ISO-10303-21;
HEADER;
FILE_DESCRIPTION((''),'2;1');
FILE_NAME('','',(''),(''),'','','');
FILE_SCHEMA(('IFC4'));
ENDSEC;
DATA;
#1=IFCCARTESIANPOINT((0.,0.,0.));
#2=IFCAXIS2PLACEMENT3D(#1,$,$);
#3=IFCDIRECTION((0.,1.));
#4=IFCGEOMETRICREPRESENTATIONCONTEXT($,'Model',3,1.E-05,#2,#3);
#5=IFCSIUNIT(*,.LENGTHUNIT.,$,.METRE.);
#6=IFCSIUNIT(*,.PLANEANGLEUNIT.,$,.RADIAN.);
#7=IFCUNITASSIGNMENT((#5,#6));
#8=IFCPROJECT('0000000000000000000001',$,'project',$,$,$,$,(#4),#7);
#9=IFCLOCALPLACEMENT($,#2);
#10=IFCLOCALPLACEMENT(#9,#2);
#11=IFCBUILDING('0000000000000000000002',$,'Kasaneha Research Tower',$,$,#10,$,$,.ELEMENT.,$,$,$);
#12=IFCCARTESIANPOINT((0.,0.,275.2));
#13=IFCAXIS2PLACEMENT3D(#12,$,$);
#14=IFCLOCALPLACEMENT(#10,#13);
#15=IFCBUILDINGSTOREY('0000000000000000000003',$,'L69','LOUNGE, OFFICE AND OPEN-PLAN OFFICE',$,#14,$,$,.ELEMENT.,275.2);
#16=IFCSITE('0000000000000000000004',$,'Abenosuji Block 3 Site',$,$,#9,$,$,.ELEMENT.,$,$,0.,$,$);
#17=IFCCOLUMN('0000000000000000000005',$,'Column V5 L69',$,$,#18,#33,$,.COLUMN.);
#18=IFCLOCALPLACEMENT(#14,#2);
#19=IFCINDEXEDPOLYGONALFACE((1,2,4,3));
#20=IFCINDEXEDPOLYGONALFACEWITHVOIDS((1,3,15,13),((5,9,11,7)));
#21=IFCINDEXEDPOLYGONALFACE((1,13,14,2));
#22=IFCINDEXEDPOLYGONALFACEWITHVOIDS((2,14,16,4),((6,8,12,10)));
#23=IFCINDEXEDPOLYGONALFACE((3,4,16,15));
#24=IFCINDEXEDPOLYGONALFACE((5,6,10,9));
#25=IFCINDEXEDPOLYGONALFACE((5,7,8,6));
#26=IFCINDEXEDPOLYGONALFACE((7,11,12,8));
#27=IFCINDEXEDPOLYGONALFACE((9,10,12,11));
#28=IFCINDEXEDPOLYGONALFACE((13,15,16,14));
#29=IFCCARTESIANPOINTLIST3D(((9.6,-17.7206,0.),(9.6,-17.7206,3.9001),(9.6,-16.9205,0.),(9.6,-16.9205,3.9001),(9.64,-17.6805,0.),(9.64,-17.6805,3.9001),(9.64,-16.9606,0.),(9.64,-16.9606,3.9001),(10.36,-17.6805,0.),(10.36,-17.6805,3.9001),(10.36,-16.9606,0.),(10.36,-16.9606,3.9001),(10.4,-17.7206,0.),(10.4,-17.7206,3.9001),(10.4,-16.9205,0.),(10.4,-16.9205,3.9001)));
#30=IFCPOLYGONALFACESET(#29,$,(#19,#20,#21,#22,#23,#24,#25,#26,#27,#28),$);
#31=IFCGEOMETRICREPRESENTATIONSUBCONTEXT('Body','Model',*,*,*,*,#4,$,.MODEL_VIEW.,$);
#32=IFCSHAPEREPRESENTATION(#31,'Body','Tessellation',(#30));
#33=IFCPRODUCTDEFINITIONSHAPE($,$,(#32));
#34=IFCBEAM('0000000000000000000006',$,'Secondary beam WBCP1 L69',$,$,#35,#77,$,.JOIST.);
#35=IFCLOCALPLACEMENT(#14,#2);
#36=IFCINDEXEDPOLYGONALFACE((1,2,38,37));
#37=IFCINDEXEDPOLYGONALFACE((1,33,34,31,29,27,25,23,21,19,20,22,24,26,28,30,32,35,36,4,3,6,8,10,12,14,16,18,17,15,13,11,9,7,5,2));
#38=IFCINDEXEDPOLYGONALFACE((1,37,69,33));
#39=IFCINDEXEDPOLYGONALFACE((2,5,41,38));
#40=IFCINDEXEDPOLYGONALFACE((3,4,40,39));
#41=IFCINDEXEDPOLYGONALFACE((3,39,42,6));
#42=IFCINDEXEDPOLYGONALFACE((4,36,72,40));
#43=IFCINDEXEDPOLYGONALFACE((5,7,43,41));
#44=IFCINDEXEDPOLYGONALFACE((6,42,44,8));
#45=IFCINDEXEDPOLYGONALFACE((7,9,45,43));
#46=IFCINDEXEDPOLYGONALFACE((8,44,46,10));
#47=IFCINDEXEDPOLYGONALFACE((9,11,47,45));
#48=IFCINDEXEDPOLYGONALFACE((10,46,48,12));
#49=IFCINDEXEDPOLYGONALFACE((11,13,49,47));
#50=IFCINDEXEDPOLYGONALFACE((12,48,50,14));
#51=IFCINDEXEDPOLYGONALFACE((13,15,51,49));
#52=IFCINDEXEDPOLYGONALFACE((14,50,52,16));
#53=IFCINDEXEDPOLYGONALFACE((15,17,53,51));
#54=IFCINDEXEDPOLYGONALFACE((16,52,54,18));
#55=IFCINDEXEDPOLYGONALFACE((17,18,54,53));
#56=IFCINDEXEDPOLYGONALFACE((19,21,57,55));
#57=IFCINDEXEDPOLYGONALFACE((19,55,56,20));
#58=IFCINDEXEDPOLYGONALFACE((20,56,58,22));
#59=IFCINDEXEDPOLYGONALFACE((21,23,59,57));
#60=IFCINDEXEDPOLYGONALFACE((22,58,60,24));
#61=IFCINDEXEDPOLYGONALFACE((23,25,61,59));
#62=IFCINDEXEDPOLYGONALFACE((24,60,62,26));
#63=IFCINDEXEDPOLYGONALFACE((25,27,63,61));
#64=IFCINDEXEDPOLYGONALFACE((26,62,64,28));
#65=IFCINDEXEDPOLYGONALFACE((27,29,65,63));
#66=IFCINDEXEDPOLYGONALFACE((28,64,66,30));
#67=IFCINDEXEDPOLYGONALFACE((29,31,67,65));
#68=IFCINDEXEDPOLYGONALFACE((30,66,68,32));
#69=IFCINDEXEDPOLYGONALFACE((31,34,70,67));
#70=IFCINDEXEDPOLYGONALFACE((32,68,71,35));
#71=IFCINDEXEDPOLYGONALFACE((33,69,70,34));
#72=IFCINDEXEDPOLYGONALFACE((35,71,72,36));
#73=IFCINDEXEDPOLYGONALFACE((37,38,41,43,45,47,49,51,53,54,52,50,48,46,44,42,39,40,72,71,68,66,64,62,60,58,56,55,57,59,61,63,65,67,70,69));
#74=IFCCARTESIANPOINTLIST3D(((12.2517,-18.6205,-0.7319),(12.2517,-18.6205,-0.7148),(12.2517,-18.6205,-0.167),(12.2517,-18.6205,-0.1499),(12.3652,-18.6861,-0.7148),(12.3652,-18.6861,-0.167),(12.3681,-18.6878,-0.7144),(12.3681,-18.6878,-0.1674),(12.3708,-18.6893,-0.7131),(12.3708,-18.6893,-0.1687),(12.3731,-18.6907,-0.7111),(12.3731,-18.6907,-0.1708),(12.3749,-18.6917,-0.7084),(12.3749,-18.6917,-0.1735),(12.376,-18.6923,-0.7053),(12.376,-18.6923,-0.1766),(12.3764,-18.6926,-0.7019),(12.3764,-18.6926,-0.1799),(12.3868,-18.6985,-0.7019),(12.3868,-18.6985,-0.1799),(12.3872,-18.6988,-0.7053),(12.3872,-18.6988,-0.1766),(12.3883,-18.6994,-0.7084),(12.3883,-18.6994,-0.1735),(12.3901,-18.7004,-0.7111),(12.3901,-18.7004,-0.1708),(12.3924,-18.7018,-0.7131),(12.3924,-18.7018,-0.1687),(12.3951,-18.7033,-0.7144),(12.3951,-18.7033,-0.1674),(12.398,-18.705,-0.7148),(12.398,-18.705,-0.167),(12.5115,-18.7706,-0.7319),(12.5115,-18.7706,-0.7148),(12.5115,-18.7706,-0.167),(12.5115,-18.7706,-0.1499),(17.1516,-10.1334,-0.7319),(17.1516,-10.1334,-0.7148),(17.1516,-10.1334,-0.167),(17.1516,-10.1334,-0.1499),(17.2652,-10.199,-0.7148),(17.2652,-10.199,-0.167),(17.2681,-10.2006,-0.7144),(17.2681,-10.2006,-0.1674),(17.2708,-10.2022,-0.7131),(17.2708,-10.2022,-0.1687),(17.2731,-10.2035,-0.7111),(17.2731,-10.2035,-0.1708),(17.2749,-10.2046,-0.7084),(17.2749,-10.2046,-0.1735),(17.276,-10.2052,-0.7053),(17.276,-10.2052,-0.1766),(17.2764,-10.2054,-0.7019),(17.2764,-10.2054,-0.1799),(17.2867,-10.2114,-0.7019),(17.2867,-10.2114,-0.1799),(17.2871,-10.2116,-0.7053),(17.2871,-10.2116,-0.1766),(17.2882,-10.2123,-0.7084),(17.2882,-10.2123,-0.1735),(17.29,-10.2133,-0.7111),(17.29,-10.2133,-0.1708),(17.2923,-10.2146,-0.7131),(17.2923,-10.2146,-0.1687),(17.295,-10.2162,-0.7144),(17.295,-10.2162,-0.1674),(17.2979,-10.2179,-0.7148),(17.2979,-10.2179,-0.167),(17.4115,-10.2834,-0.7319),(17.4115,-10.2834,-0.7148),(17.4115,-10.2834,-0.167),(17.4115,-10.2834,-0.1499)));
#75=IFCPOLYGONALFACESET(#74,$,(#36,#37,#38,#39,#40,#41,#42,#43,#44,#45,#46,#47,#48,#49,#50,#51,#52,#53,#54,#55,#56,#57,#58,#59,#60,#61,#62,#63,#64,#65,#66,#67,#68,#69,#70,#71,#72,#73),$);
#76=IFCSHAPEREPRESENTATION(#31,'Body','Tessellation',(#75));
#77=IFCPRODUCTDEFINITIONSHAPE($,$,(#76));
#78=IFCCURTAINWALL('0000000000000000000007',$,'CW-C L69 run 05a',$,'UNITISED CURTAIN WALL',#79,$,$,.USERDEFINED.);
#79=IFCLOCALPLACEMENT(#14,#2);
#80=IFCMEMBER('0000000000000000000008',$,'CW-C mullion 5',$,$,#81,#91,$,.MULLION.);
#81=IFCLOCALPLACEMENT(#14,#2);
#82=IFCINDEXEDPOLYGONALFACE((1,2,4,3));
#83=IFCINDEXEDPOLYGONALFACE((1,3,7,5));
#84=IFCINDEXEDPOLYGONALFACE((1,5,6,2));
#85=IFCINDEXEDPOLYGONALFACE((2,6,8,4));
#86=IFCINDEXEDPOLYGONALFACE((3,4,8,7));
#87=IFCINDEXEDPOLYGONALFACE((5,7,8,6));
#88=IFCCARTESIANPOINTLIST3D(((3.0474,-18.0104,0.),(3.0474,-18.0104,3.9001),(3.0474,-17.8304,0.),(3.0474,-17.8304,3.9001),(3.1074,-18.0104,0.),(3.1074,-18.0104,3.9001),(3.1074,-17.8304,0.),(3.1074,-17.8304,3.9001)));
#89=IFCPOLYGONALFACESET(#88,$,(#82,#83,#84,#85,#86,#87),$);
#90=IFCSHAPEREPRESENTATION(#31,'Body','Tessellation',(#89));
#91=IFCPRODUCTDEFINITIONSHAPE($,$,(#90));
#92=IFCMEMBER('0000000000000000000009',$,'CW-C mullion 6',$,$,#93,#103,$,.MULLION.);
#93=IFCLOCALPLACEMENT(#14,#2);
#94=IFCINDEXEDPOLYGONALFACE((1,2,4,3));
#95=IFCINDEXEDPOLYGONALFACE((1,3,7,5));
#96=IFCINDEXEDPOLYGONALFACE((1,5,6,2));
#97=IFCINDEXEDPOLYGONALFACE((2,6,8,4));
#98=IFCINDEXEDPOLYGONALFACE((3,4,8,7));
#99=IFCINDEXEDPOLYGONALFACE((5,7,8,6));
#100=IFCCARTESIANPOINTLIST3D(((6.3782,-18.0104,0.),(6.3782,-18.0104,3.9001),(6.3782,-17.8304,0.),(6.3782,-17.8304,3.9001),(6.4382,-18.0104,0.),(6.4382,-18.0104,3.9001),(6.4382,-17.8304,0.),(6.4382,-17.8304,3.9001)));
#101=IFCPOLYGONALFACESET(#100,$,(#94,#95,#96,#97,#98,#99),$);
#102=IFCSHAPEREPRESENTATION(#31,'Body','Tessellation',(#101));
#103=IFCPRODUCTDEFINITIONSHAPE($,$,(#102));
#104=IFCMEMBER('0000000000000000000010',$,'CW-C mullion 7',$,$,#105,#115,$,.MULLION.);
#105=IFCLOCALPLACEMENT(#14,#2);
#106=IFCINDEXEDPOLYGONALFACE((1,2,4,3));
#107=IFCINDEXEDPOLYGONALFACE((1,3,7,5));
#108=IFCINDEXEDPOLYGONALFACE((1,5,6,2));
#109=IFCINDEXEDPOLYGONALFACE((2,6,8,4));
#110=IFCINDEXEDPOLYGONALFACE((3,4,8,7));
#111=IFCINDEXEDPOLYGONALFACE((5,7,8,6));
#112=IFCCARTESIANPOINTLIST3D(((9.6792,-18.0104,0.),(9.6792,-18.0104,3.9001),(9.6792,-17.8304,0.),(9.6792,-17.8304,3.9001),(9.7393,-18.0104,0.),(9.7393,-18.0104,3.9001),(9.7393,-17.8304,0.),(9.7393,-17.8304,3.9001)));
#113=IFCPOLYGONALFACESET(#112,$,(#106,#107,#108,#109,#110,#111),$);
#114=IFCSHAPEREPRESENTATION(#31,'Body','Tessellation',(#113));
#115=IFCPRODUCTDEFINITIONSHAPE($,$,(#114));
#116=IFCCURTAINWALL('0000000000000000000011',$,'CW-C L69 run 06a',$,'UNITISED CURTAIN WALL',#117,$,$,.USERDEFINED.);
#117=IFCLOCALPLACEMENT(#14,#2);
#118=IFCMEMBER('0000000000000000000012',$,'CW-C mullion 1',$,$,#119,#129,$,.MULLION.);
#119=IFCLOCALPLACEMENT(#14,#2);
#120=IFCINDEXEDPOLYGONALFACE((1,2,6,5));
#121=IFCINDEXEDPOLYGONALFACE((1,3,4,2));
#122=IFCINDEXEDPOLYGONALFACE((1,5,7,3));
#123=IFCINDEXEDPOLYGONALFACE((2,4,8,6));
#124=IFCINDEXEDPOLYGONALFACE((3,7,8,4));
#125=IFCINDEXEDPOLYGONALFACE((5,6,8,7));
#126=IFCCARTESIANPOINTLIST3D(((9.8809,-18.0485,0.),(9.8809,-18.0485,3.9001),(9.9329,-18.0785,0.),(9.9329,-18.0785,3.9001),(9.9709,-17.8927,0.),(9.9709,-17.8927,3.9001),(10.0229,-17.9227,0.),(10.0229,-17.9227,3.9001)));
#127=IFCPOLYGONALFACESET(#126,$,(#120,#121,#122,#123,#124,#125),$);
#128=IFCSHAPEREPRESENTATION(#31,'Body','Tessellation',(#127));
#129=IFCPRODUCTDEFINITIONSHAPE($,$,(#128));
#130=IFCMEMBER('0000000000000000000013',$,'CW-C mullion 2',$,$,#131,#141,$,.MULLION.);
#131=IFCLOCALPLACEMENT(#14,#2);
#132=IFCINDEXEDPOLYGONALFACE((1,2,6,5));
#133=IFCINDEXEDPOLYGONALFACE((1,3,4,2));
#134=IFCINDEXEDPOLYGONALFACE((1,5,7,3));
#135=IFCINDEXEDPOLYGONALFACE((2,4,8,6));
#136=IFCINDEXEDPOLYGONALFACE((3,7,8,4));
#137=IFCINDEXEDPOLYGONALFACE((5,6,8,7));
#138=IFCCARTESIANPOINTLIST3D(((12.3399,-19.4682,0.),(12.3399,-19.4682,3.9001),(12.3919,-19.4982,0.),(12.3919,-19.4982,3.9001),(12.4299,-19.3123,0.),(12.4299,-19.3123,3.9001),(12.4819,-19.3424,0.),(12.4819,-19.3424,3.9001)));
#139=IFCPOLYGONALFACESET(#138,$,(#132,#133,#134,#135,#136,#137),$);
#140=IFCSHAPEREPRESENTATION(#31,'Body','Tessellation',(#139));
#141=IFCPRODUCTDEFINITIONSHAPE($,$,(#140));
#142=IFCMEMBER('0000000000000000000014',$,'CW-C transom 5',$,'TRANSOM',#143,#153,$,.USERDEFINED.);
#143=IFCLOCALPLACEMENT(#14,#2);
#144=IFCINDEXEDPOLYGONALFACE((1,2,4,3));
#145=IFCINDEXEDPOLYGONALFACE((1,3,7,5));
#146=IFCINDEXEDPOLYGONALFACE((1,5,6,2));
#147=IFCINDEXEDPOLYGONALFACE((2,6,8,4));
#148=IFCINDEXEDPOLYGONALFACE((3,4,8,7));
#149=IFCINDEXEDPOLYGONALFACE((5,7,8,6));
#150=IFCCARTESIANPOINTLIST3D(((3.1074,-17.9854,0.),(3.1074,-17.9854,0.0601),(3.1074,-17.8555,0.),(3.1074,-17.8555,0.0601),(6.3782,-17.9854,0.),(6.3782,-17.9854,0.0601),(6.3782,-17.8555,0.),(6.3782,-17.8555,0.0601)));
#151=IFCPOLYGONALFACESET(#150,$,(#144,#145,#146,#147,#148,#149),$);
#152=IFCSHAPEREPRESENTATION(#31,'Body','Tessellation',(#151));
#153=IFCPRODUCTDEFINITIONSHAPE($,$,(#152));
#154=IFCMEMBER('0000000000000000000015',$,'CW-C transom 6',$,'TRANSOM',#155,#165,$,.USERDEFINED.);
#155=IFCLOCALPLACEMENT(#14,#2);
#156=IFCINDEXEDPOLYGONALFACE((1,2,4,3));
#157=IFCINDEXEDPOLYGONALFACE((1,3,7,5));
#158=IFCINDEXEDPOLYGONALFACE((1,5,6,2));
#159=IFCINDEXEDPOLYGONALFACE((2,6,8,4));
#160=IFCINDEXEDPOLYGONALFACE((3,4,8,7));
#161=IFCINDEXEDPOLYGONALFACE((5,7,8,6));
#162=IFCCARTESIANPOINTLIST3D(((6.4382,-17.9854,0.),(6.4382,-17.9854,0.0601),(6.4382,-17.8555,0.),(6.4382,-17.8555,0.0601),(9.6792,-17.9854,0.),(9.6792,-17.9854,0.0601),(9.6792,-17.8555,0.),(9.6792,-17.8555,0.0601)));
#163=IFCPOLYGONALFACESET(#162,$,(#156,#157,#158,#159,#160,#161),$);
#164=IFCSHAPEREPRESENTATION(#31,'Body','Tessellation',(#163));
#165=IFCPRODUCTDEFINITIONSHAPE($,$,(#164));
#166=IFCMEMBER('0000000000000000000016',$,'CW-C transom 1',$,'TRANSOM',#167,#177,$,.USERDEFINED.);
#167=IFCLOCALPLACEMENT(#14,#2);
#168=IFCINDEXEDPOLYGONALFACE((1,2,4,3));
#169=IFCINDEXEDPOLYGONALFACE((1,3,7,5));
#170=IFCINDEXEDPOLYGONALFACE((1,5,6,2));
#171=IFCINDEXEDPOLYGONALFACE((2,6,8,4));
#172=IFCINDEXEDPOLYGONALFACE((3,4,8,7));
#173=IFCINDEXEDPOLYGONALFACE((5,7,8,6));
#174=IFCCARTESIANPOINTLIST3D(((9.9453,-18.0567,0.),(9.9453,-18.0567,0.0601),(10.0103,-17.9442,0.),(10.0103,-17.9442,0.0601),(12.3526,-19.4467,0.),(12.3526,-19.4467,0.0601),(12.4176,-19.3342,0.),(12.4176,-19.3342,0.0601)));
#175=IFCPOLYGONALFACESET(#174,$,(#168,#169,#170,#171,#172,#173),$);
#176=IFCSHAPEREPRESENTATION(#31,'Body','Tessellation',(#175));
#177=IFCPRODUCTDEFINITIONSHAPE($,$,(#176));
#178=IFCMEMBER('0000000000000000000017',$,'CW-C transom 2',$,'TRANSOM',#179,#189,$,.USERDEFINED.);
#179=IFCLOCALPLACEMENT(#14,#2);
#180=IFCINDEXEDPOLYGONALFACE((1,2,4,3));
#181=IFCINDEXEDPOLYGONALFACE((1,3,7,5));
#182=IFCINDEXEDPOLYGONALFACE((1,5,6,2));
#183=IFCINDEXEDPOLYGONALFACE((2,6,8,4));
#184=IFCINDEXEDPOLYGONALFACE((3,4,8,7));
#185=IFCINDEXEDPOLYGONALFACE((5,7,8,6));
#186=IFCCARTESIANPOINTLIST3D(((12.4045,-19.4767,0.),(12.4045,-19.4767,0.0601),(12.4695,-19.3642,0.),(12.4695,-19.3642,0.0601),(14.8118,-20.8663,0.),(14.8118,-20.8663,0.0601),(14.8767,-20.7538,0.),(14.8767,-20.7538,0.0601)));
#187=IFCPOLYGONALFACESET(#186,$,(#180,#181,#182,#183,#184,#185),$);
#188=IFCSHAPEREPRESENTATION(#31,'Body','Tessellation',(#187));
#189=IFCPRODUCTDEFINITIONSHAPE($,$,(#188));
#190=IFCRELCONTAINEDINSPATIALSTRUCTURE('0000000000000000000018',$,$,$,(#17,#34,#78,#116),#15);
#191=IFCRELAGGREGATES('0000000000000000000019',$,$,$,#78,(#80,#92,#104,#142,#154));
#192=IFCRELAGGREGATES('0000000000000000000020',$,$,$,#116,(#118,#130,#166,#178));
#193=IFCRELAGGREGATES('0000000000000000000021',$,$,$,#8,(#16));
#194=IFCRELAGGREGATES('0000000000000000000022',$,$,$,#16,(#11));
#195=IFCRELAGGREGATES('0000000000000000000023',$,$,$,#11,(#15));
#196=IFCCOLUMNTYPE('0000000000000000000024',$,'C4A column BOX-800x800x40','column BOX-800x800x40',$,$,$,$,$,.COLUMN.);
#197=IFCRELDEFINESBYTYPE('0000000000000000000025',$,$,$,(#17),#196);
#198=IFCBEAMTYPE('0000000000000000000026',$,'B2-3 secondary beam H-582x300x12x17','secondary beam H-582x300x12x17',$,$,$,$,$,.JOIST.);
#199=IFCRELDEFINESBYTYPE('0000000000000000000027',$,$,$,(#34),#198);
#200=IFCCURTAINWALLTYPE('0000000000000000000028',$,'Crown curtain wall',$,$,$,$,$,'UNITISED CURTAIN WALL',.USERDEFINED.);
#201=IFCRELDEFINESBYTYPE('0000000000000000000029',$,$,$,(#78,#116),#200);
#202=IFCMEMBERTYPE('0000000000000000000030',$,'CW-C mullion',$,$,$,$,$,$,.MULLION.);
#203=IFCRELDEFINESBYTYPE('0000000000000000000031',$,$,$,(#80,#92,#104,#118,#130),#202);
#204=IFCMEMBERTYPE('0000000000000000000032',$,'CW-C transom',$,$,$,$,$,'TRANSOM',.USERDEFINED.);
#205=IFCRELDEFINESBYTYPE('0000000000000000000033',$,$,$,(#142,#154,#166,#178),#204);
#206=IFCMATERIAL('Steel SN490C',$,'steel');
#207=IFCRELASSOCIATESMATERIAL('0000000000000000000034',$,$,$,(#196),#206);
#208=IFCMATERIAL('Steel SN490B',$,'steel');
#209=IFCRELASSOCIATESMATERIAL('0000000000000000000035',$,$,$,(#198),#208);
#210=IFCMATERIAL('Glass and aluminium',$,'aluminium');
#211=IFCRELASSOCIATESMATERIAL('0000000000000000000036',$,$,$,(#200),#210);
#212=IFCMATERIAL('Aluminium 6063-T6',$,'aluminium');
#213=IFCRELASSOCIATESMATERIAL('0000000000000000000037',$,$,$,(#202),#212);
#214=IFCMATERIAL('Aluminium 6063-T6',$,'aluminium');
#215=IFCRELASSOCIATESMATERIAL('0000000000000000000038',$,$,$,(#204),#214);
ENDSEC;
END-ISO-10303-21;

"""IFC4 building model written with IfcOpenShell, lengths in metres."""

from ifc_helpers import new_model, si_unit, direction, frame, origin, origin_2d, place, context, subcontext, project, spatial, rectangle, hollow_rectangle, i_section, extrude, material, material_profile, profile_set, type_object, element, aggregate, save


model = new_model("IFC4")

# Units and contexts
model_context = context("Model", 3, precision=1e-05, world=origin(), true_north=direction((0.0, 1.0)))
body_context = subcontext(model_context, "Body", "Model", "MODEL_VIEW")
ifc_project = project(units=[si_unit("LENGTHUNIT", "METRE"), si_unit("PLANEANGLEUNIT", "RADIAN")], contexts=[model_context])

# Site, building, storey
site_placement = place(None, origin())
site = spatial("IfcSite", under=ifc_project, at=site_placement, Name="Abenosuji Block 3 Site", CompositionType="ELEMENT", RefElevation=0.0)
building_placement = place(site_placement, origin())
building = spatial("IfcBuilding", under=site, at=building_placement, Name="Kasaneha Research Tower", CompositionType="ELEMENT")
storey_placement = place(building_placement, frame((0.0, 0.0, 275.2)))
storey = spatial("IfcBuildingStorey", under=building, at=storey_placement, Name="L69", Description="LOUNGE, OFFICE AND OPEN-PLAN OFFICE", CompositionType="ELEMENT", Elevation=275.2)

# Column
ifc_material_1 = material(Name="Steel SN490C", Category="steel")
ifc_material_profile_1 = material_profile(ifc_material_1, hollow_rectangle(XDim=0.8, YDim=0.8, WallThickness=0.04, at=origin_2d()), Name="BOX-800x800x40")
ifc_profile_set_1 = profile_set([ifc_material_profile_1], Name="Steel SN490C")
column_type = type_object("IfcColumnType", Name="C4A column BOX-800x800x40", Description="column BOX-800x800x40", PredefinedType="COLUMN", material=ifc_profile_set_1)
column_placement = place(storey_placement, frame((10.0, -17.3206, 0.0), z_axis=(0.0, 0.0, 1.0), x_axis=(1.0, 0.0, 0.0)))
element("IfcColumn", 1, at=column_placement, inside=storey, type_object=column_type, Name="Column V5 L69", PredefinedType="COLUMN", context=body_context, shape_type="SweptSolid", body=[
    extrude(hollow_rectangle(XDim=0.8, YDim=0.8, WallThickness=0.04, at=origin_2d()), origin(), (0.0, 0.0, 1.0), 3.9001),
])

# Beam
ifc_material_2 = material(Name="Steel SN490B", Category="steel")
ifc_material_profile_2 = material_profile(ifc_material_2, i_section(OverallWidth=0.3, OverallDepth=0.582, WebThickness=0.012, FlangeThickness=0.0171, FilletRadius=0.0129, at=origin_2d()), Name="H-582x300x12x17")
ifc_profile_set_2 = profile_set([ifc_material_profile_2], Name="Steel SN490B")
beam_type_1 = type_object("IfcBeamType", Name="B2-3 secondary beam H-582x300x12x17", Description="secondary beam H-582x300x12x17", PredefinedType="JOIST", material=ifc_profile_set_2)
beam_1_placement = place(storey_placement, frame((12.3816, -18.6956, -0.4409), z_axis=(0.499992, 0.86603, 0.0), x_axis=(-0.86603, 0.499992, 0.0)))
element("IfcBeam", 2, at=beam_1_placement, inside=storey, type_object=beam_type_1, Name="Secondary beam WBCP1 L69", PredefinedType="JOIST", context=body_context, shape_type="SweptSolid", body=[
    extrude(i_section(OverallWidth=0.3, OverallDepth=0.582, WebThickness=0.012, FlangeThickness=0.0171, FilletRadius=0.0129, at=origin_2d()), origin(), (0.0, 0.0, 1.0), 9.8),
])

# Curtain walls, members
ifc_material_3 = material(Name="Glass and aluminium", Category="aluminium")
curtain_wall_type = type_object("IfcCurtainWallType", Name="Crown curtain wall", ElementType="UNITISED CURTAIN WALL", PredefinedType="USERDEFINED", material=ifc_material_3)
curtain_wall_1_placement = place(storey_placement, origin())
curtain_wall_1 = element("IfcCurtainWall", 3, at=curtain_wall_1_placement, inside=storey, type_object=curtain_wall_type, Name="CW-C L69 run 05a", ObjectType="UNITISED CURTAIN WALL", PredefinedType="USERDEFINED")
ifc_material_4 = material(Name="Aluminium 6063-T6", Category="aluminium")
ifc_material_profile_3 = material_profile(ifc_material_4, rectangle(XDim=0.0601, YDim=0.1799, at=origin_2d()), Name="CW-C mullion 60x180")
ifc_profile_set_3 = profile_set([ifc_material_profile_3], Name="Aluminium 6063-T6")
member_type_1 = type_object("IfcMemberType", Name="CW-C mullion", PredefinedType="MULLION", material=ifc_profile_set_3)
member_1_placement = place(storey_placement, frame((3.0774, -17.9204, 0.0), z_axis=(0.0, 0.0, 1.0), x_axis=(1.0, 0.0, 0.0)))
member_1 = element("IfcMember", 4, at=member_1_placement, type_object=member_type_1, Name="CW-C mullion 5", PredefinedType="MULLION", context=body_context, shape_type="SweptSolid", body=[
    extrude(rectangle(XDim=0.0601, YDim=0.1799, at=origin_2d()), origin(), (0.0, 0.0, 1.0), 3.9001),
])
member_2_placement = place(storey_placement, frame((6.4082, -17.9204, 0.0), z_axis=(0.0, 0.0, 1.0), x_axis=(1.0, 0.0, 0.0)))
member_2 = element("IfcMember", 5, at=member_2_placement, type_object=member_type_1, Name="CW-C mullion 6", PredefinedType="MULLION", context=body_context, shape_type="SweptSolid", body=[
    extrude(rectangle(XDim=0.0601, YDim=0.1799, at=origin_2d()), origin(), (0.0, 0.0, 1.0), 3.9001),
])
member_3_placement = place(storey_placement, frame((9.7092, -17.9204, 0.0), z_axis=(0.0, 0.0, 1.0), x_axis=(1.0, 0.0, 0.0)))
member_3 = element("IfcMember", 6, at=member_3_placement, type_object=member_type_1, Name="CW-C mullion 7", PredefinedType="MULLION", context=body_context, shape_type="SweptSolid", body=[
    extrude(rectangle(XDim=0.0601, YDim=0.1799, at=origin_2d()), origin(), (0.0, 0.0, 1.0), 3.9001),
])
curtain_wall_2_placement = place(storey_placement, origin())
curtain_wall_2 = element("IfcCurtainWall", 7, at=curtain_wall_2_placement, inside=storey, type_object=curtain_wall_type, Name="CW-C L69 run 06a", ObjectType="UNITISED CURTAIN WALL", PredefinedType="USERDEFINED")
member_4_placement = place(storey_placement, frame((9.9519, -17.9856, 0.0), z_axis=(0.0, 0.0, 1.0), x_axis=(0.866025, -0.5, 0.0)))
member_4 = element("IfcMember", 8, at=member_4_placement, type_object=member_type_1, Name="CW-C mullion 1", PredefinedType="MULLION", context=body_context, shape_type="SweptSolid", body=[
    extrude(rectangle(XDim=0.0601, YDim=0.1799, at=origin_2d()), origin(), (0.0, 0.0, 1.0), 3.9001),
])
member_5_placement = place(storey_placement, frame((12.4109, -19.4053, 0.0), z_axis=(0.0, 0.0, 1.0), x_axis=(0.866025, -0.5, 0.0)))
member_5 = element("IfcMember", 9, at=member_5_placement, type_object=member_type_1, Name="CW-C mullion 2", PredefinedType="MULLION", context=body_context, shape_type="SweptSolid", body=[
    extrude(rectangle(XDim=0.0601, YDim=0.1799, at=origin_2d()), origin(), (0.0, 0.0, 1.0), 3.9001),
])

# Members
ifc_material_5 = material(Name="Aluminium 6063-T6", Category="aluminium")
ifc_material_profile_4 = material_profile(ifc_material_5, rectangle(XDim=0.1299, YDim=0.0601, at=origin_2d()), Name="CW-C transom 130x60")
ifc_profile_set_4 = profile_set([ifc_material_profile_4], Name="Aluminium 6063-T6")
member_type_2 = type_object("IfcMemberType", Name="CW-C transom", ElementType="TRANSOM", PredefinedType="USERDEFINED", material=ifc_profile_set_4)
member_6_placement = place(storey_placement, frame((3.1074, -17.9204, 0.03), z_axis=(1.0, 0.0, 0.0), x_axis=(0.0, 1.0, 0.0)))
member_6 = element("IfcMember", 10, at=member_6_placement, type_object=member_type_2, Name="CW-C transom 5", ObjectType="TRANSOM", PredefinedType="USERDEFINED", context=body_context, shape_type="SweptSolid", body=[
    extrude(rectangle(XDim=0.1299, YDim=0.0601, at=origin_2d()), origin(), (0.0, 0.0, 1.0), 3.2708),
])
member_7_placement = place(storey_placement, frame((6.4382, -17.9204, 0.03), z_axis=(1.0, 0.0, 0.0), x_axis=(0.0, 1.0, 0.0)))
member_7 = element("IfcMember", 11, at=member_7_placement, type_object=member_type_2, Name="CW-C transom 6", ObjectType="TRANSOM", PredefinedType="USERDEFINED", context=body_context, shape_type="SweptSolid", body=[
    extrude(rectangle(XDim=0.1299, YDim=0.0601, at=origin_2d()), origin(), (0.0, 0.0, 1.0), 3.241),
])
member_8_placement = place(storey_placement, frame((9.9778, -18.0005, 0.03), z_axis=(0.866013, -0.500021, 0.0), x_axis=(0.500021, 0.866013, 0.0)))
member_8 = element("IfcMember", 12, at=member_8_placement, type_object=member_type_2, Name="CW-C transom 1", ObjectType="TRANSOM", PredefinedType="USERDEFINED", context=body_context, shape_type="SweptSolid", body=[
    extrude(rectangle(XDim=0.1299, YDim=0.0601, at=origin_2d()), origin(), (0.0, 0.0, 1.0), 2.7798),
])
member_9_placement = place(storey_placement, frame((12.437, -19.4204, 0.03), z_axis=(0.866051, -0.499956, 0.0), x_axis=(0.499956, 0.866051, 0.0)))
member_9 = element("IfcMember", 13, at=member_9_placement, type_object=member_type_2, Name="CW-C transom 2", ObjectType="TRANSOM", PredefinedType="USERDEFINED", context=body_context, shape_type="SweptSolid", body=[
    extrude(rectangle(XDim=0.1299, YDim=0.0601, at=origin_2d()), origin(), (0.0, 0.0, 1.0), 2.7795),
])

aggregate(curtain_wall_1, [member_1, member_2, member_3, member_6, member_7])
aggregate(curtain_wall_2, [member_4, member_5, member_8, member_9])

save(model, "model.ifc")
